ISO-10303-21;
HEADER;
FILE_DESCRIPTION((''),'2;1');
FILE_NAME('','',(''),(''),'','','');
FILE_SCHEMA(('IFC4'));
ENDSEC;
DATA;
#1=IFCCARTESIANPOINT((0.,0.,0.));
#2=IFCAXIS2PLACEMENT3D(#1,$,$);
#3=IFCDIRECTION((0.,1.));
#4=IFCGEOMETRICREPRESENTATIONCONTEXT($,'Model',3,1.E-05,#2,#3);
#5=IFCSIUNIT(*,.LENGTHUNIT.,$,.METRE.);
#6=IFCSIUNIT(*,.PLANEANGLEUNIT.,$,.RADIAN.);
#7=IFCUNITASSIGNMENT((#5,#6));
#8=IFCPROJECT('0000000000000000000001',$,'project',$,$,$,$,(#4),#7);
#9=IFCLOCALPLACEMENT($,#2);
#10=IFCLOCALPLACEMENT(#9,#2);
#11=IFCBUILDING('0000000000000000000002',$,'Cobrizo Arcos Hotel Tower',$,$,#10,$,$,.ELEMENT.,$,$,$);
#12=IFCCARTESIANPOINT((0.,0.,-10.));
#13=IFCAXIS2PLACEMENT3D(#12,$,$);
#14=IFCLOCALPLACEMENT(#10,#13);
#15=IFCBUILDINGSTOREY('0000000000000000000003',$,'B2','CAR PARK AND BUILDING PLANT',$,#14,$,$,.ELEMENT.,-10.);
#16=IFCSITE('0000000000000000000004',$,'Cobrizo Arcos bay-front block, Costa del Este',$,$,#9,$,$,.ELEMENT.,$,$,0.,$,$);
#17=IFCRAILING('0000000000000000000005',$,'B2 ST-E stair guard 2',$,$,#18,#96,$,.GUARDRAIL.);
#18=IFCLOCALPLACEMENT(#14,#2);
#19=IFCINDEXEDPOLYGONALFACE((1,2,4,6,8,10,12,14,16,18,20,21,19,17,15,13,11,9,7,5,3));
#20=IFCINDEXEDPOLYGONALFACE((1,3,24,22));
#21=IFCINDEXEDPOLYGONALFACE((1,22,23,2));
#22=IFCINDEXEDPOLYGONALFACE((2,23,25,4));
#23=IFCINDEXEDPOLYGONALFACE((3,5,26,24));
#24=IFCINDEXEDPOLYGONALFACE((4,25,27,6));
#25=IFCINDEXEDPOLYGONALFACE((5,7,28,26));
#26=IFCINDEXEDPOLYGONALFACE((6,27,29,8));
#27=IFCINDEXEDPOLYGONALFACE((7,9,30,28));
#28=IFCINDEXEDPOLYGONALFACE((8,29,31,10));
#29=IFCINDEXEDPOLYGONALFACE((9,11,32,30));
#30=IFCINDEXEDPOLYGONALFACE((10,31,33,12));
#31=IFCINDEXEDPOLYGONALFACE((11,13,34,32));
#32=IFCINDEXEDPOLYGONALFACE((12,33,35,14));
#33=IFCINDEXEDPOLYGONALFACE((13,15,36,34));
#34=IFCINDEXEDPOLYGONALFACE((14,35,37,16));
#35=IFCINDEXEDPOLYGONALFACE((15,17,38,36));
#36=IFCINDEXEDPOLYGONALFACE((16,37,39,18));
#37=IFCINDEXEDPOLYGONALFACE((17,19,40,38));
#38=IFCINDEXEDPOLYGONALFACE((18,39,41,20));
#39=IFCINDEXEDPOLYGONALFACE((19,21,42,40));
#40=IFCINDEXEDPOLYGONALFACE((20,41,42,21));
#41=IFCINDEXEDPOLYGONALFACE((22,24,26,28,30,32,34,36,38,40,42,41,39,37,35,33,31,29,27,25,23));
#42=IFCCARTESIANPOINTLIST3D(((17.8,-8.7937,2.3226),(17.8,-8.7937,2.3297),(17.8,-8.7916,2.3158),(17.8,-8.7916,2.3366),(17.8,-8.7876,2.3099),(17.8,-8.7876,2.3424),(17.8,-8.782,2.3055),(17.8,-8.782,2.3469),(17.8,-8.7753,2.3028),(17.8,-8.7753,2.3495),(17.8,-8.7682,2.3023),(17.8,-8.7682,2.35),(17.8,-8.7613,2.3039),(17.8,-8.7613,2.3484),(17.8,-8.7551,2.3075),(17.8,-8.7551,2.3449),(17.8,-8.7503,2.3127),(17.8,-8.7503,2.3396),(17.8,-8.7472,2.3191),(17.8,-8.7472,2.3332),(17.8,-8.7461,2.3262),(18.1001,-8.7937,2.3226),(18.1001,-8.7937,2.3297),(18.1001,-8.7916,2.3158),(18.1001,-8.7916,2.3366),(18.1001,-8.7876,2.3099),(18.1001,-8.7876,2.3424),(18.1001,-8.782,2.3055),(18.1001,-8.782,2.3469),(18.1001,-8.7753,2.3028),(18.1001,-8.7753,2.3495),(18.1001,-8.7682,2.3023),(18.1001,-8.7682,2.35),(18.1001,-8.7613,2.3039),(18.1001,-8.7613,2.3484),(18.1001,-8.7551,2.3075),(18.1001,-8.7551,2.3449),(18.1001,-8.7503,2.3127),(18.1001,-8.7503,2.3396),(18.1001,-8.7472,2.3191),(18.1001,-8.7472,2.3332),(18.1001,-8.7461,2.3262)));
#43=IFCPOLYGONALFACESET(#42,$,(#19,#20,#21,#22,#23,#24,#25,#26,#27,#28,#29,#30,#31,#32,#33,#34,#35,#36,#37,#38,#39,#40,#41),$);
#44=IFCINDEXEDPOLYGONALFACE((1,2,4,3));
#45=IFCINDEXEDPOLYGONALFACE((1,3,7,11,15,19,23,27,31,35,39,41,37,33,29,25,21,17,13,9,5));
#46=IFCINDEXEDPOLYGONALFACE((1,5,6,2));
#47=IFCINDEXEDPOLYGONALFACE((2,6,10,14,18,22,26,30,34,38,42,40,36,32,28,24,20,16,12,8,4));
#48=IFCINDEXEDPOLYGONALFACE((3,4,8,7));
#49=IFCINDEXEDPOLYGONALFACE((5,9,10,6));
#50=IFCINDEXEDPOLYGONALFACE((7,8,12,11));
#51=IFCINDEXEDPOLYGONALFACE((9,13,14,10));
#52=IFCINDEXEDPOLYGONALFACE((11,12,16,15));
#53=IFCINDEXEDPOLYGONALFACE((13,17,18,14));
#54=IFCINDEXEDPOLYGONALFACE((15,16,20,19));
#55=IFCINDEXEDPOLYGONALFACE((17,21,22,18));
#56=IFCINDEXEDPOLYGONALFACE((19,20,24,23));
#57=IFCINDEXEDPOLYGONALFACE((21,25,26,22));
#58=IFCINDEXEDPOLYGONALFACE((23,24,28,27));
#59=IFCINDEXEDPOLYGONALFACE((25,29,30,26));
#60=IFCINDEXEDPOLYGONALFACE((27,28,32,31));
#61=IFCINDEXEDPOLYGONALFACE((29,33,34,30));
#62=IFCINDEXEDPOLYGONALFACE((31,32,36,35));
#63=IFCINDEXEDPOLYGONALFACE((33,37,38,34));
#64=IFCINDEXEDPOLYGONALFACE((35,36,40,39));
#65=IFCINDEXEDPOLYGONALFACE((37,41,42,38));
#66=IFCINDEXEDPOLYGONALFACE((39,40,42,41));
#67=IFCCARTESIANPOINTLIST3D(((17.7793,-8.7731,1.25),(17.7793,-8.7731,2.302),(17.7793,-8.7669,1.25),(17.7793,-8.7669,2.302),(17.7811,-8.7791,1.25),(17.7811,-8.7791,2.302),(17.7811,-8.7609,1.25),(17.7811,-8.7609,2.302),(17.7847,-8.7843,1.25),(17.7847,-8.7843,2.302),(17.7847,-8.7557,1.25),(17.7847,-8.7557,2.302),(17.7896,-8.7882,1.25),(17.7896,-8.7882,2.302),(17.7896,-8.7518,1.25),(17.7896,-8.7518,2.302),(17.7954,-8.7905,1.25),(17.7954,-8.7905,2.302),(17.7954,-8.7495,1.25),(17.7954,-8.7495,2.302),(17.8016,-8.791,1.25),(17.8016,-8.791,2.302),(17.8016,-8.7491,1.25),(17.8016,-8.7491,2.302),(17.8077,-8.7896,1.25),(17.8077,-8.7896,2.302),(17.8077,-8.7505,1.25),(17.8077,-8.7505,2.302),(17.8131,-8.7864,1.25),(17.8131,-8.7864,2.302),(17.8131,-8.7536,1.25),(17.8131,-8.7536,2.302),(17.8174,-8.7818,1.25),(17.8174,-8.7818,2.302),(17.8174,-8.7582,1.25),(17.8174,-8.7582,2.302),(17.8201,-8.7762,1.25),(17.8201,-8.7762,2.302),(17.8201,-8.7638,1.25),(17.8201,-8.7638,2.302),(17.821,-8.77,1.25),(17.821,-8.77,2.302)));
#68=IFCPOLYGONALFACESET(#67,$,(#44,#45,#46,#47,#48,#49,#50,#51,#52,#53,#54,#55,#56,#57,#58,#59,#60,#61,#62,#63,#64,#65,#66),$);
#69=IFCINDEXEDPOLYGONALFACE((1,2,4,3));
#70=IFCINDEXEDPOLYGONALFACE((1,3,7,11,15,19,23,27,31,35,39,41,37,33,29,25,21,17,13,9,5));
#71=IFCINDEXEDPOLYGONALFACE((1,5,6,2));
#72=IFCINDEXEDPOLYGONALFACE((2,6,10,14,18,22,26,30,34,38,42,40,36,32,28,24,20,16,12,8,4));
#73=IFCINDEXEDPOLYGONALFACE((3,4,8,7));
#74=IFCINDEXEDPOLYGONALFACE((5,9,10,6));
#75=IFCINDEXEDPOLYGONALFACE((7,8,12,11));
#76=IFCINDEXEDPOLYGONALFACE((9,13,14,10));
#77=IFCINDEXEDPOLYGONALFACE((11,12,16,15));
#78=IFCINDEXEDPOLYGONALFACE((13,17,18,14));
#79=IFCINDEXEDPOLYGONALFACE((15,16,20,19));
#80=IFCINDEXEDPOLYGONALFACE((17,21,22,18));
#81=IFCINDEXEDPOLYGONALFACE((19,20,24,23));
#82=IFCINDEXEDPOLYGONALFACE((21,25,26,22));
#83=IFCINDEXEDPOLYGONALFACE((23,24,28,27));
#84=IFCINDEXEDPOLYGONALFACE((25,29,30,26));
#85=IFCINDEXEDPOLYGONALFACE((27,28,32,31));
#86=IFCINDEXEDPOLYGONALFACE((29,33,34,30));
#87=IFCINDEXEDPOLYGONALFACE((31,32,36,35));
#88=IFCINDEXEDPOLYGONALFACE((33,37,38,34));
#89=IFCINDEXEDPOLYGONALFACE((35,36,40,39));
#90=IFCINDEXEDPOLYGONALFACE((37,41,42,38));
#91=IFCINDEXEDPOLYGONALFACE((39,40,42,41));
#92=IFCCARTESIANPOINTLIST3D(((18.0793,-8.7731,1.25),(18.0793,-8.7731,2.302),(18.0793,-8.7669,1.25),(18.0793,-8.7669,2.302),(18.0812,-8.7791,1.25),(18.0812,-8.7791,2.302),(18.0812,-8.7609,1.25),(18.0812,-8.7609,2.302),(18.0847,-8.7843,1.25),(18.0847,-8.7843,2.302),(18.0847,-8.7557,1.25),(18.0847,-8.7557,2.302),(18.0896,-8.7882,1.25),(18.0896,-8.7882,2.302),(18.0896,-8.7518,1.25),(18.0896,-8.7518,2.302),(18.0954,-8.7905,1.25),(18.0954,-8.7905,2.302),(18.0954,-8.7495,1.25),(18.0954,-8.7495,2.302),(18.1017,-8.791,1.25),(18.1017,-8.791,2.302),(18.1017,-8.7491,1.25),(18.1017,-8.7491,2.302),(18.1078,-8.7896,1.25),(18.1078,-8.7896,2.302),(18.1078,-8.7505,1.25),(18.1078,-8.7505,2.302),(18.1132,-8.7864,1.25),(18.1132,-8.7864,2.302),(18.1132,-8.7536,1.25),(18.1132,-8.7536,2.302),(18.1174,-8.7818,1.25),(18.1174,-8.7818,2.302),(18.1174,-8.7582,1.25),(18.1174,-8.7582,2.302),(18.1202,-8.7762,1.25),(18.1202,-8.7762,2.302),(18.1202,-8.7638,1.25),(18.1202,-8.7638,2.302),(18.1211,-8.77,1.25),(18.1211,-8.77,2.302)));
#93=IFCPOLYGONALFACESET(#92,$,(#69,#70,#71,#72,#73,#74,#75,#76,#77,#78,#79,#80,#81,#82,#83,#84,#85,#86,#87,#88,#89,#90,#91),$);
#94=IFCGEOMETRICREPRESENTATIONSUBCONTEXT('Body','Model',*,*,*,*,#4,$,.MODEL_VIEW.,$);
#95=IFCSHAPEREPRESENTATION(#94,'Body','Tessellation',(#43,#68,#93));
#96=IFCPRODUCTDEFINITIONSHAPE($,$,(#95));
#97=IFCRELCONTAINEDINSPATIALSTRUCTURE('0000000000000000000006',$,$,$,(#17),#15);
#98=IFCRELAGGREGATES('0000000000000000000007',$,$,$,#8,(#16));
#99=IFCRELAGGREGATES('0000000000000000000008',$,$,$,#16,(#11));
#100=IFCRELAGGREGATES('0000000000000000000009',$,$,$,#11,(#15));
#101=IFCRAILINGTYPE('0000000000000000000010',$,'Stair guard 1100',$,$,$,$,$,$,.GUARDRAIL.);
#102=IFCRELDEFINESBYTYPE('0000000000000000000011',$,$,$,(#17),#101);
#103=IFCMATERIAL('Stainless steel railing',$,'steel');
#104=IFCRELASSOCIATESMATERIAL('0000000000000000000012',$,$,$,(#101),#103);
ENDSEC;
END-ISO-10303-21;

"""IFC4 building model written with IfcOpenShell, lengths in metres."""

from ifc_helpers import new_model, si_unit, direction, frame, origin, origin_2d, place, context, subcontext, project, spatial, circle, extrude, material, type_object, element, save


model = new_model("IFC4")

# Units and contexts
model_context = context("Model", 3, precision=1e-05, world=origin(), true_north=direction((0.0, 1.0)))
body_context = subcontext(model_context, "Body", "Model", "MODEL_VIEW")
ifc_project = project(units=[si_unit("LENGTHUNIT", "METRE"), si_unit("PLANEANGLEUNIT", "RADIAN")], contexts=[model_context])

# Site, building, storey
site_placement = place(None, origin())
site = spatial("IfcSite", under=ifc_project, at=site_placement, Name="Cobrizo Arcos bay-front block, Costa del Este", CompositionType="ELEMENT", RefElevation=0.0)
building_placement = place(site_placement, origin())
building = spatial("IfcBuilding", under=site, at=building_placement, Name="Cobrizo Arcos Hotel Tower", CompositionType="ELEMENT")
storey_placement = place(building_placement, frame((0.0, 0.0, -10.0)))
storey = spatial("IfcBuildingStorey", under=building, at=storey_placement, Name="B2", Description="CAR PARK AND BUILDING PLANT", CompositionType="ELEMENT", Elevation=-10.0)

# Railing
ifc_material_1 = material(Name="Stainless steel railing", Category="steel")
railing_type_1 = type_object("IfcRailingType", Name="Stair guard 1100", PredefinedType="GUARDRAIL", material=ifc_material_1)
railing_1_placement = place(storey_placement, frame((17.8, -8.77, 1.25)))
element("IfcRailing", 1, at=railing_1_placement, inside=storey, type_object=railing_type_1, Name="B2 ST-E stair guard 2", PredefinedType="GUARDRAIL", context=body_context, shape_type="SweptSolid", body=[
    extrude(circle(Radius=0.0239, at=origin_2d()), frame((0.0, 0.0, 1.0762), z_axis=(1.0, 0.0, 0.0), x_axis=(0.0, 1.0, 0.0)), (0.0, 0.0, 1.0), 0.3),
    extrude(circle(Radius=0.021, at=origin_2d()), origin(), (0.0, 0.0, 1.0), 1.052),
    extrude(circle(Radius=0.021, at=origin_2d()), frame((0.3, 0.0, 0.0)), (0.0, 0.0, 1.0), 1.052),
])

save(model, "model.ifc")
